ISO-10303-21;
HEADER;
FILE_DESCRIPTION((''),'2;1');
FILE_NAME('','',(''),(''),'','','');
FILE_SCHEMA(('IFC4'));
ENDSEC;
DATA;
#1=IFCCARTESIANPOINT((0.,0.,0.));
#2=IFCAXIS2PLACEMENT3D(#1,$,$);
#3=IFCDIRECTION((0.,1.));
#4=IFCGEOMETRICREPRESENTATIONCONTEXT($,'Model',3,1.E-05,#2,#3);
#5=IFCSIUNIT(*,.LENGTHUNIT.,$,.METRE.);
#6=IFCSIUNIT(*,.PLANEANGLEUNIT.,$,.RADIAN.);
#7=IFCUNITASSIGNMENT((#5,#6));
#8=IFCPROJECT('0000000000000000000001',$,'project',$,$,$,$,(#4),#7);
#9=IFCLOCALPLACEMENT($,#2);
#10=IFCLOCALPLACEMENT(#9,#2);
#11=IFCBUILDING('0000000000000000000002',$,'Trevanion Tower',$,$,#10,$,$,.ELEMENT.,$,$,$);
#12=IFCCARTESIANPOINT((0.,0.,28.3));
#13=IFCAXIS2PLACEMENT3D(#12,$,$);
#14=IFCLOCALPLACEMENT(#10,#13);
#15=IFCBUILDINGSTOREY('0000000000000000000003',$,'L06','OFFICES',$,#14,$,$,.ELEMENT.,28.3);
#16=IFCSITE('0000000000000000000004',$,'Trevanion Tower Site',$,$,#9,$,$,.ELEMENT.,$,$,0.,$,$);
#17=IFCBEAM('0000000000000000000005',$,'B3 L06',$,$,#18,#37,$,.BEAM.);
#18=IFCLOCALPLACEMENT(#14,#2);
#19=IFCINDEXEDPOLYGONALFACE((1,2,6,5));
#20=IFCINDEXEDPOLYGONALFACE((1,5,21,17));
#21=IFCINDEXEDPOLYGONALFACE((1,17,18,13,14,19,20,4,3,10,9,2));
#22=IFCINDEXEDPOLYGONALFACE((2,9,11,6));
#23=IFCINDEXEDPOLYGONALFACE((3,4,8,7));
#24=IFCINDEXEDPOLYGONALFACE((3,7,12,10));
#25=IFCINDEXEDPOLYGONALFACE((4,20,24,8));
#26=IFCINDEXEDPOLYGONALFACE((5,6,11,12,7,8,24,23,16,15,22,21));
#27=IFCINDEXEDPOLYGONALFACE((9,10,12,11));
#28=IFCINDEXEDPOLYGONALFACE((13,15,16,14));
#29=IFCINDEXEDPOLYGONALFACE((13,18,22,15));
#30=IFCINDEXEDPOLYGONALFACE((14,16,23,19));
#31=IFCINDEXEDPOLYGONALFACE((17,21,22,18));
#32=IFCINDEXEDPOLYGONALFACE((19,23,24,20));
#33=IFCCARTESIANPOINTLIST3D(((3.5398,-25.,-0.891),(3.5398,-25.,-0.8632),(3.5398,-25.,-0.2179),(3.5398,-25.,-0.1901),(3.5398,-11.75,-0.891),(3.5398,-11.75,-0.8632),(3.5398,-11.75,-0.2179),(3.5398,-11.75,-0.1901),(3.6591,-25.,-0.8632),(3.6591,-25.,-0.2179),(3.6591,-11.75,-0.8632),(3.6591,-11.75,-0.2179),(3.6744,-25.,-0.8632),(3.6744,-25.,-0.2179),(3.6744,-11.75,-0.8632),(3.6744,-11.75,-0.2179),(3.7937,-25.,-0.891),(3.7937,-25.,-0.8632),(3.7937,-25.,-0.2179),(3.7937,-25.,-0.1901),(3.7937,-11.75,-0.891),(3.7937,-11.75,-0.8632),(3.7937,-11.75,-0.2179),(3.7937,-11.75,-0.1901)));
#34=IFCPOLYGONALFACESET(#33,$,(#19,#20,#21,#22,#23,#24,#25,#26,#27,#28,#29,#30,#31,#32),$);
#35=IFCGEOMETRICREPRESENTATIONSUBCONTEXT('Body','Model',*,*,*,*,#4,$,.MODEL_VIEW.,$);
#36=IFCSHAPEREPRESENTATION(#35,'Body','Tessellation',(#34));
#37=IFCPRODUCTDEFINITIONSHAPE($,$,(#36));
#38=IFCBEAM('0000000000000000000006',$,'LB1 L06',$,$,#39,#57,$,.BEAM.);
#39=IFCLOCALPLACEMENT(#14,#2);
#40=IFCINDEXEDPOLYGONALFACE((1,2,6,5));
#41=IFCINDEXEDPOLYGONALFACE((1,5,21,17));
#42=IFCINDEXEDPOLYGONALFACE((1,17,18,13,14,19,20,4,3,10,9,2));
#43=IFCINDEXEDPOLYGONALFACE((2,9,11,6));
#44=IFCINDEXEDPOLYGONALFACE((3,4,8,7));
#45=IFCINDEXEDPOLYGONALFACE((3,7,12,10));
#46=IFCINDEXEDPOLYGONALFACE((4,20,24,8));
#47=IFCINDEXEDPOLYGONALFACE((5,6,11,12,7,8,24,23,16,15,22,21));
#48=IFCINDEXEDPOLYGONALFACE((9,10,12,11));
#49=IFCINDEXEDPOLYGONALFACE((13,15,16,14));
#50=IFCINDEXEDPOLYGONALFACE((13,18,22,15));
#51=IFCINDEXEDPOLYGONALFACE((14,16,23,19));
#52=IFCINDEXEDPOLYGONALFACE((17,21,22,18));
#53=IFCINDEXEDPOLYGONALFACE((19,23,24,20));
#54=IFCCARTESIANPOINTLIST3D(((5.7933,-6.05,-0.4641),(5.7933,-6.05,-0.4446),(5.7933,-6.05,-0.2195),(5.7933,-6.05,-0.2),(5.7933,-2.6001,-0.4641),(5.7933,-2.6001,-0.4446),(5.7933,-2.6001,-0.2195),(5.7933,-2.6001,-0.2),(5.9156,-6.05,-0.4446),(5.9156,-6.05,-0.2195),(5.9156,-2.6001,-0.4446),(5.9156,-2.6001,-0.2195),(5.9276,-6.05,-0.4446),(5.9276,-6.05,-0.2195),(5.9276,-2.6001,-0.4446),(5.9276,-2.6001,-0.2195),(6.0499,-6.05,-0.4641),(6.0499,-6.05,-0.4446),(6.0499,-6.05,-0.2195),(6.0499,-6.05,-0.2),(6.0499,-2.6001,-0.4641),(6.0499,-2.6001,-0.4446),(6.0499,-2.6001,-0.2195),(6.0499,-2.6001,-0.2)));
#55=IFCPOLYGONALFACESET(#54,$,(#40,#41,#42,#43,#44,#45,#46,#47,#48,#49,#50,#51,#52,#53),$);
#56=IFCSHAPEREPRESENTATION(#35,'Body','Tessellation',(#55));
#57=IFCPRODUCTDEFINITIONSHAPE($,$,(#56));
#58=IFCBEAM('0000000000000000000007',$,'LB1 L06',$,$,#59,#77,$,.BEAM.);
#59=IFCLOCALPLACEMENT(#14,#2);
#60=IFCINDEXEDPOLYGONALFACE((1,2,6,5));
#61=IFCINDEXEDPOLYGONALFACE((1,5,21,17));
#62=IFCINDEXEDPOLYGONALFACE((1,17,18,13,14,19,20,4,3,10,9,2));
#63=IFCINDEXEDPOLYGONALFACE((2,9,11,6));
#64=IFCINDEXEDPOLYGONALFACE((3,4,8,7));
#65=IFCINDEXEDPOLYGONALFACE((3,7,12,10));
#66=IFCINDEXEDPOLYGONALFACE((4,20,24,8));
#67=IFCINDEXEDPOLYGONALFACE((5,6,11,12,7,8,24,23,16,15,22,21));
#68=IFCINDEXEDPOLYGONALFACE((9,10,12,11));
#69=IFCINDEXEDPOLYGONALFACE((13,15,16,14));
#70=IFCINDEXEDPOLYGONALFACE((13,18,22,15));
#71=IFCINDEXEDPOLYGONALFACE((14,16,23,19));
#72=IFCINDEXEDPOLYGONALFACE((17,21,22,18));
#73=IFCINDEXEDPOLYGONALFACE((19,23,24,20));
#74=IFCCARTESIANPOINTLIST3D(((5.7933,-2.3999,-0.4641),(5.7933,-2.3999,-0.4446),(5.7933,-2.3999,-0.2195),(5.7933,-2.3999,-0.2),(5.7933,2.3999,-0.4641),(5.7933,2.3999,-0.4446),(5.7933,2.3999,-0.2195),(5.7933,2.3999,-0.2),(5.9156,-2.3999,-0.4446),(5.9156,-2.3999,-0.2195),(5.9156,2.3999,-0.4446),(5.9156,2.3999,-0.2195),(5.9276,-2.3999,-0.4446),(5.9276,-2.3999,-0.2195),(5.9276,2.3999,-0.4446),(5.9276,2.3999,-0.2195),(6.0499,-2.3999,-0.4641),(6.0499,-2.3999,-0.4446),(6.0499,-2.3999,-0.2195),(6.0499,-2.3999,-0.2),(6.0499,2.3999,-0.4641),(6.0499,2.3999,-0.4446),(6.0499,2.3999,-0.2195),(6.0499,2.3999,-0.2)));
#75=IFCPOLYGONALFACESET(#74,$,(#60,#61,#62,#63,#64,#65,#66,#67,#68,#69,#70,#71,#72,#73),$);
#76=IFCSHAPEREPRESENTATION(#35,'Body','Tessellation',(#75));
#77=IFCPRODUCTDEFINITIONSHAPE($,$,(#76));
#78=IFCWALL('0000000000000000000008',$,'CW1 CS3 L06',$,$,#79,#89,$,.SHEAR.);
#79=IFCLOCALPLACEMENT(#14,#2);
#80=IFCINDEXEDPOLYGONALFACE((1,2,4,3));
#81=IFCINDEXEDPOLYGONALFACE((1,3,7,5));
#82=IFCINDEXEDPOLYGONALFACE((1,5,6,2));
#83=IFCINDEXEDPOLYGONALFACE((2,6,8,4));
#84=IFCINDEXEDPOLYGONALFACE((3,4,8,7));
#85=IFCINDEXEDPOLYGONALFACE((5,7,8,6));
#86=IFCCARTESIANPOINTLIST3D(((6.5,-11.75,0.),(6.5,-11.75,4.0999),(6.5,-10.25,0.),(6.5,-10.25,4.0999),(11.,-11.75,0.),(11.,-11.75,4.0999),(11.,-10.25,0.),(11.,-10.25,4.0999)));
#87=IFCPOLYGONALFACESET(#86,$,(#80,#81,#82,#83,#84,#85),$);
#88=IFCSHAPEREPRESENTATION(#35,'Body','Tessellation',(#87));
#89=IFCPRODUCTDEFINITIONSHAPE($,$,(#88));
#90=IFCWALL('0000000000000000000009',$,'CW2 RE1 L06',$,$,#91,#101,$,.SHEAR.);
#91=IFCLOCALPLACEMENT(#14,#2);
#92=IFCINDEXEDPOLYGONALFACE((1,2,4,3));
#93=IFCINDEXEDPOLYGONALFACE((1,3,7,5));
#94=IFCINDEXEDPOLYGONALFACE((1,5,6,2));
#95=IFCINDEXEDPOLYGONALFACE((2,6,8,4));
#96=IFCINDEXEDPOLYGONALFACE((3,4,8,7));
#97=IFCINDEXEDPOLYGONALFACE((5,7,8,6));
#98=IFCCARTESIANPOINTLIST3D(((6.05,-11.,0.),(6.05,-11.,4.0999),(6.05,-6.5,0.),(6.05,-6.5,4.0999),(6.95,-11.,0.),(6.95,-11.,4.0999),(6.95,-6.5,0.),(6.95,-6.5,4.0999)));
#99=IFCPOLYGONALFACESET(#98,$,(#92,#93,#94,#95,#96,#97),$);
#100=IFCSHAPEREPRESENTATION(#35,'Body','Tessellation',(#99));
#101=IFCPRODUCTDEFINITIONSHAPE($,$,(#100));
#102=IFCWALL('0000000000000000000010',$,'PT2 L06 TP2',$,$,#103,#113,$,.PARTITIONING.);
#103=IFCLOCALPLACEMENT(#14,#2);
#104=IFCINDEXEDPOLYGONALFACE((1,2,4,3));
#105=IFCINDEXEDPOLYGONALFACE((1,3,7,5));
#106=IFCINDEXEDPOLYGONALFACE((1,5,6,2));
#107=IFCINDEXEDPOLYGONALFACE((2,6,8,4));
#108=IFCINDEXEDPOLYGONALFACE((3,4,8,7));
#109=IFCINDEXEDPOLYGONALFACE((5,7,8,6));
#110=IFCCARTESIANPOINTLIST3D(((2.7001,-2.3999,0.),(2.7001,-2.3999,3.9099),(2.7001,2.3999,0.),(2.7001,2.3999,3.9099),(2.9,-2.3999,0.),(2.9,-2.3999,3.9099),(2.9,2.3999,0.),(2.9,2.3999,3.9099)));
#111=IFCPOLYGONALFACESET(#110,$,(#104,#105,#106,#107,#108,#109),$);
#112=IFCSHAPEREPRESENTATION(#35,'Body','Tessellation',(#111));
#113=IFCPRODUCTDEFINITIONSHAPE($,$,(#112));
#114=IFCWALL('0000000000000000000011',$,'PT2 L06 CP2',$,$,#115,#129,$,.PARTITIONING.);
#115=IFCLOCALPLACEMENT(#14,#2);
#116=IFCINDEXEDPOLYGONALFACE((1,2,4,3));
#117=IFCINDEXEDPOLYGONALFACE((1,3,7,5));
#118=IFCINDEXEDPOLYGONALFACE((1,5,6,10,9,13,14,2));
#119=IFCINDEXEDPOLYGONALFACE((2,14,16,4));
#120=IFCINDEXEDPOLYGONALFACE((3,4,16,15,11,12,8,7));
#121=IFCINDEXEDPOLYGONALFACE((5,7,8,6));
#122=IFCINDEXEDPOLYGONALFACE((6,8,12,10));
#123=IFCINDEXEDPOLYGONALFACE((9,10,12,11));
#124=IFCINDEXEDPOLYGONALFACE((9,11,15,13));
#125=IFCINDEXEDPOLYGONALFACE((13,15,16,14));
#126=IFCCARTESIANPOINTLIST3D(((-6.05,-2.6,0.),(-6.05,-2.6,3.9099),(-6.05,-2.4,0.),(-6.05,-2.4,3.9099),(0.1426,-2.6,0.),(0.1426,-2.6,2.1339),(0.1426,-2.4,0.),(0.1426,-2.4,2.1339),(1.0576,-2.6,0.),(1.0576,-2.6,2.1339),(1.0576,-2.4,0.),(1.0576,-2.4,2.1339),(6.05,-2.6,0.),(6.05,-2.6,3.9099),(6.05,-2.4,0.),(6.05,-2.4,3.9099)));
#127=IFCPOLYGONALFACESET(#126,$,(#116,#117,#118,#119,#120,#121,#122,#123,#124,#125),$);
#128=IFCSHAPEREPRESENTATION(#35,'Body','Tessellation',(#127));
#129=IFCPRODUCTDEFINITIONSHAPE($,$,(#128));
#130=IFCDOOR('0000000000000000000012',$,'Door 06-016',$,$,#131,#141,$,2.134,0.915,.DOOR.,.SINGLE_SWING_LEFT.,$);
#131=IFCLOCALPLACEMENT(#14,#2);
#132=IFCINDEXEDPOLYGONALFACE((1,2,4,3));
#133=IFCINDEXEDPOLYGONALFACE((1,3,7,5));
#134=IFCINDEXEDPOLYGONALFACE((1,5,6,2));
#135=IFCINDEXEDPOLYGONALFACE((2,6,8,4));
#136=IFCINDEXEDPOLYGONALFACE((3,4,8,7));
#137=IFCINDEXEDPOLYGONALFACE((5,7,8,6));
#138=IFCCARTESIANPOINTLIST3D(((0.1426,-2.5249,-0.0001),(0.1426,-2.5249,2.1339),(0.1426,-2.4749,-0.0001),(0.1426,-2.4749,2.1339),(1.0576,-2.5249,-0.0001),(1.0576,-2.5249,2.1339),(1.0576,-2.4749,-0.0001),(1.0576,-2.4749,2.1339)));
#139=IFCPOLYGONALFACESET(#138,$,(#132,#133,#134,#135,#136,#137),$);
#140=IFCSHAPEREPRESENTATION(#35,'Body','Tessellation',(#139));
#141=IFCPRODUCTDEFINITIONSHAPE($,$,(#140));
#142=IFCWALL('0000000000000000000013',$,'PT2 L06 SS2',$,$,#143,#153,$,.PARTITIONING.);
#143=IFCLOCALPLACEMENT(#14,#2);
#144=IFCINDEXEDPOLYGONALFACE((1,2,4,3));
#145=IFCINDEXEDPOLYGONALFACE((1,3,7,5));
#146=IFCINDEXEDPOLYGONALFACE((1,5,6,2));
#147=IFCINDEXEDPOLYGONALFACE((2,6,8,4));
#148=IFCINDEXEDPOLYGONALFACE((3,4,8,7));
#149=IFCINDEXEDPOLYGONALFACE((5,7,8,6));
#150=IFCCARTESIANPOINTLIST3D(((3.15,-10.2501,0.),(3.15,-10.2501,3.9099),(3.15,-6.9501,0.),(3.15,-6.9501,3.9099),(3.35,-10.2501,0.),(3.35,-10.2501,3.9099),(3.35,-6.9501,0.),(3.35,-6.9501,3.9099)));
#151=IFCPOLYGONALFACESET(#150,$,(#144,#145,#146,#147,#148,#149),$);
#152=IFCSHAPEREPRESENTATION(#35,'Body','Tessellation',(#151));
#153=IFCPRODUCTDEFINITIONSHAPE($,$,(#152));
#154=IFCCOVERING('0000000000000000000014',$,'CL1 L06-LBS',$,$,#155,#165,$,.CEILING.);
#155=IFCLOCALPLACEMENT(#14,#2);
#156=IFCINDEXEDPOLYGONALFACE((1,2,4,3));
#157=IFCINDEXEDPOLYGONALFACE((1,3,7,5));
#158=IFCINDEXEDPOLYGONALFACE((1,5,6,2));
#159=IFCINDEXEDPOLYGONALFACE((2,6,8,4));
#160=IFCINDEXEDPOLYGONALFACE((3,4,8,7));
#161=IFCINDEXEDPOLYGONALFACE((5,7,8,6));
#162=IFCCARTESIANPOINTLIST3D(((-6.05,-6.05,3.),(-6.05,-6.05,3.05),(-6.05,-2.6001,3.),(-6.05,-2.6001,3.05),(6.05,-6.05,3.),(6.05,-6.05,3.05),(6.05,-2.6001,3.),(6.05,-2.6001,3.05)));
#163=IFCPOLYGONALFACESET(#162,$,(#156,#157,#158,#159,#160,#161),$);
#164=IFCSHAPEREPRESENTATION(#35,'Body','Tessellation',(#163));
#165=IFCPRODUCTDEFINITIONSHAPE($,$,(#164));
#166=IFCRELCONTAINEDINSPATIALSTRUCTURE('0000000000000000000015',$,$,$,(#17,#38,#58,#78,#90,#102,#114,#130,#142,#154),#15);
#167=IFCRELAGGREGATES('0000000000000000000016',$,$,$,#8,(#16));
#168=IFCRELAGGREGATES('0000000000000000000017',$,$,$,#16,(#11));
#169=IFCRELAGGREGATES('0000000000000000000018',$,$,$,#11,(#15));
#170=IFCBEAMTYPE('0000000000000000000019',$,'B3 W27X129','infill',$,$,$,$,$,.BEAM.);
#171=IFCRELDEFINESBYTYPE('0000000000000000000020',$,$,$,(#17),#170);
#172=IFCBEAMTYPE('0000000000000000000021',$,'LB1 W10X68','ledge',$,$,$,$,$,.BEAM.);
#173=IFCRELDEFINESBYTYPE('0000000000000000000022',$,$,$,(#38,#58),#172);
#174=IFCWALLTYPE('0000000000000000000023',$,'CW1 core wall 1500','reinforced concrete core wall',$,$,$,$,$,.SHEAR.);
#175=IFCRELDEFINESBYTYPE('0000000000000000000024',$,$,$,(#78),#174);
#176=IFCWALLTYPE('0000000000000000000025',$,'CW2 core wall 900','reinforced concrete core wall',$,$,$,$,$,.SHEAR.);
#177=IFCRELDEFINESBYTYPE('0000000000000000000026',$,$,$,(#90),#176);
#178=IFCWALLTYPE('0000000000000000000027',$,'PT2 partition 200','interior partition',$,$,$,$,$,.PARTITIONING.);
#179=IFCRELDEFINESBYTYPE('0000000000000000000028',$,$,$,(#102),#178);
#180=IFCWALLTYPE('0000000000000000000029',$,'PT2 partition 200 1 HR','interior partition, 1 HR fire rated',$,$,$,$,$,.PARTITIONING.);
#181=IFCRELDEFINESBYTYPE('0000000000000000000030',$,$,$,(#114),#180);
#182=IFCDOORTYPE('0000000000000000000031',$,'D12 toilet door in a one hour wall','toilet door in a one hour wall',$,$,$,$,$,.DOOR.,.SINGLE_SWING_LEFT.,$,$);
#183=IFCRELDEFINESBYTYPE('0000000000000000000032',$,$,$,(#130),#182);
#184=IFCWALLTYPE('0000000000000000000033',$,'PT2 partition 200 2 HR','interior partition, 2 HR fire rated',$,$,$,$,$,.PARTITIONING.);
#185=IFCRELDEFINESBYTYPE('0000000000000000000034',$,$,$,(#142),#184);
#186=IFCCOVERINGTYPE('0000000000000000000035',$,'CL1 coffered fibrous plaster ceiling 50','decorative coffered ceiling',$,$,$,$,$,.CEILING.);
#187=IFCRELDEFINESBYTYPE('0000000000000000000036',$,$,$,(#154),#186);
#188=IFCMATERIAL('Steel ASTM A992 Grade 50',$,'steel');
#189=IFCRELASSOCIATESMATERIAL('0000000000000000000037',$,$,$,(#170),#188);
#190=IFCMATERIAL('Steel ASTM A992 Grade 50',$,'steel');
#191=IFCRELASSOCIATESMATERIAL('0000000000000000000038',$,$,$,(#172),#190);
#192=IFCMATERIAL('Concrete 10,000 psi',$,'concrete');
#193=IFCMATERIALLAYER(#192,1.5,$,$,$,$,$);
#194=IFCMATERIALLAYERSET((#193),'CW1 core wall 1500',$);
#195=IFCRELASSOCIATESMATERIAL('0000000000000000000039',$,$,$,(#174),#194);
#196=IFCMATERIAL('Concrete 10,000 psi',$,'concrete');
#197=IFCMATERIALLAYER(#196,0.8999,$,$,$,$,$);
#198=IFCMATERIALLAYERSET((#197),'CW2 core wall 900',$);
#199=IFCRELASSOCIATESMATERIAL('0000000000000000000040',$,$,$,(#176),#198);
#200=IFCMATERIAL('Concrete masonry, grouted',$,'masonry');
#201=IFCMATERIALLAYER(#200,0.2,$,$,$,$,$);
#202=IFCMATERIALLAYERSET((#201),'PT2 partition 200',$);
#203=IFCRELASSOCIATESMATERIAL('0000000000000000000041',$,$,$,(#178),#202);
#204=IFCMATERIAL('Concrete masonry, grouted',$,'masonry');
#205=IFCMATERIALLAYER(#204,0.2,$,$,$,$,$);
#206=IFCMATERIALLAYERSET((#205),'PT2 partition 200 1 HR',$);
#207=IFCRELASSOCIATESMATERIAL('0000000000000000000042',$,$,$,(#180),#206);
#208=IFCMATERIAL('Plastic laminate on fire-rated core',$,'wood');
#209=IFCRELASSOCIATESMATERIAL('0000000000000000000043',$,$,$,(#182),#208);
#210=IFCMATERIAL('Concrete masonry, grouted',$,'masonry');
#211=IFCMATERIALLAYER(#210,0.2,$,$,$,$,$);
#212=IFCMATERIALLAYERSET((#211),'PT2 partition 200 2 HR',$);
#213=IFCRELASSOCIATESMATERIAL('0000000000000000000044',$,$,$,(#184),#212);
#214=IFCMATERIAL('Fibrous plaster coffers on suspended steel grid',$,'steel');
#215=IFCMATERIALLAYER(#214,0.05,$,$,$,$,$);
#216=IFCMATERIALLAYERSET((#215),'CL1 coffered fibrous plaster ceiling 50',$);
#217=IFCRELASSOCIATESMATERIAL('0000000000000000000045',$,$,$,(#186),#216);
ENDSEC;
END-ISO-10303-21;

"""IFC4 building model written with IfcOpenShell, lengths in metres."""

from ifc_helpers import new_model, si_unit, direction, frame, frame_2d, origin, origin_2d, place, context, subcontext, project, spatial, polyline, rectangle, i_section, outline, extrude, material, layer, layer_set, material_profile, profile_set, type_object, element, fill, save


model = new_model("IFC4")

# Units and contexts
model_context = context("Model", 3, precision=1e-05, world=origin(), true_north=direction((0.0, 1.0)))
body_context = subcontext(model_context, "Body", "Model", "MODEL_VIEW")
ifc_project = project(units=[si_unit("LENGTHUNIT", "METRE"), si_unit("PLANEANGLEUNIT", "RADIAN")], contexts=[model_context])

# Site, building, storey
site_placement = place(None, origin())
site = spatial("IfcSite", under=ifc_project, at=site_placement, Name="Trevanion Tower Site", CompositionType="ELEMENT", RefElevation=0.0)
building_placement = place(site_placement, origin())
building = spatial("IfcBuilding", under=site, at=building_placement, Name="Trevanion Tower", CompositionType="ELEMENT")
storey_placement = place(building_placement, frame((0.0, 0.0, 28.3)))
storey = spatial("IfcBuildingStorey", under=building, at=storey_placement, Name="L06", Description="OFFICES", CompositionType="ELEMENT", Elevation=28.3)

# Beams
ifc_material_1 = material(Name="Steel ASTM A992 Grade 50", Category="steel")
ifc_material_profile_1 = material_profile(ifc_material_1, i_section(OverallWidth=0.2539, OverallDepth=0.7009, WebThickness=0.0154, FlangeThickness=0.0278, at=origin_2d()), Name="W27X129")
ifc_profile_set_1 = profile_set([ifc_material_profile_1], Name="Steel ASTM A992 Grade 50")
beam_type_1 = type_object("IfcBeamType", Name="B3 W27X129", Description="infill", PredefinedType="BEAM", material=ifc_profile_set_1)
beam_1_placement = place(storey_placement, frame((3.6667, -11.75, -0.5405), z_axis=(0.0, -1.0, 0.0), x_axis=(1.0, 0.0, 0.0)))
element("IfcBeam", 1, at=beam_1_placement, inside=storey, type_object=beam_type_1, Name="B3 L06", PredefinedType="BEAM", context=body_context, shape_type="SweptSolid", body=[
    extrude(i_section(OverallWidth=0.2539, OverallDepth=0.7009, WebThickness=0.0154, FlangeThickness=0.0278, at=origin_2d()), origin(), (0.0, 0.0, 1.0), 13.25),
])
ifc_material_2 = material(Name="Steel ASTM A992 Grade 50", Category="steel")
ifc_material_profile_2 = material_profile(ifc_material_2, i_section(OverallWidth=0.2566, OverallDepth=0.2642, WebThickness=0.012, FlangeThickness=0.0195, at=origin_2d()), Name="W10X68")
ifc_profile_set_2 = profile_set([ifc_material_profile_2], Name="Steel ASTM A992 Grade 50")
beam_type_2 = type_object("IfcBeamType", Name="LB1 W10X68", Description="ledge", PredefinedType="BEAM", material=ifc_profile_set_2)
beam_2_placement = place(storey_placement, frame((5.9216, -6.05, -0.332), z_axis=(0.0, 1.0, 0.0), x_axis=(-1.0, 0.0, 0.0)))
element("IfcBeam", 2, at=beam_2_placement, inside=storey, type_object=beam_type_2, Name="LB1 L06", PredefinedType="BEAM", context=body_context, shape_type="SweptSolid", body=[
    extrude(i_section(OverallWidth=0.2566, OverallDepth=0.2642, WebThickness=0.012, FlangeThickness=0.0195, at=origin_2d()), origin(), (0.0, 0.0, 1.0), 3.45),
])
beam_3_placement = place(storey_placement, frame((5.9216, -2.3999, -0.332), z_axis=(0.0, 1.0, 0.0), x_axis=(-1.0, 0.0, 0.0)))
element("IfcBeam", 3, at=beam_3_placement, inside=storey, type_object=beam_type_2, Name="LB1 L06", PredefinedType="BEAM", context=body_context, shape_type="SweptSolid", body=[
    extrude(i_section(OverallWidth=0.2566, OverallDepth=0.2642, WebThickness=0.012, FlangeThickness=0.0195, at=origin_2d()), origin(), (0.0, 0.0, 1.0), 4.7998),
])

# Walls
ifc_material_3 = material(Name="Concrete 10,000 psi", Category="concrete")
ifc_layer_1 = layer(ifc_material_3, 1.5)
ifc_layer_set_1 = layer_set([ifc_layer_1], Name="CW1 core wall 1500")
wall_type_1 = type_object("IfcWallType", Name="CW1 core wall 1500", Description="reinforced concrete core wall", PredefinedType="SHEAR", material=ifc_layer_set_1)
wall_1_placement = place(storey_placement, frame((6.5, -11.0, 0.0), z_axis=(0.0, 0.0, 1.0), x_axis=(1.0, 0.0, 0.0)))
element("IfcWall", 4, at=wall_1_placement, inside=storey, type_object=wall_type_1, Name="CW1 CS3 L06", PredefinedType="SHEAR", context=body_context, shape_type="SweptSolid", body=[
    extrude(rectangle(XDim=4.5, YDim=1.5, at=frame_2d((2.25, 0.0))), origin(), (0.0, 0.0, 1.0), 4.0999),
])
ifc_material_4 = material(Name="Concrete 10,000 psi", Category="concrete")
ifc_layer_2 = layer(ifc_material_4, 0.8999)
ifc_layer_set_2 = layer_set([ifc_layer_2], Name="CW2 core wall 900")
wall_type_2 = type_object("IfcWallType", Name="CW2 core wall 900", Description="reinforced concrete core wall", PredefinedType="SHEAR", material=ifc_layer_set_2)
wall_2_placement = place(storey_placement, frame((6.5, -11.0, 0.0), z_axis=(0.0, 0.0, 1.0), x_axis=(0.0, 1.0, 0.0)))
element("IfcWall", 5, at=wall_2_placement, inside=storey, type_object=wall_type_2, Name="CW2 RE1 L06", PredefinedType="SHEAR", context=body_context, shape_type="SweptSolid", body=[
    extrude(rectangle(XDim=4.5, YDim=0.8999, at=frame_2d((2.25, 0.0))), origin(), (0.0, 0.0, 1.0), 4.0999),
])
ifc_material_5 = material(Name="Concrete masonry, grouted", Category="masonry")
ifc_layer_3 = layer(ifc_material_5, 0.2)
ifc_layer_set_3 = layer_set([ifc_layer_3], Name="PT2 partition 200")
wall_type_3 = type_object("IfcWallType", Name="PT2 partition 200", Description="interior partition", PredefinedType="PARTITIONING", material=ifc_layer_set_3)
wall_3_placement = place(storey_placement, frame((2.8, -2.3999, 0.0), z_axis=(0.0, 0.0, 1.0), x_axis=(0.0, 1.0, 0.0)))
element("IfcWall", 6, at=wall_3_placement, inside=storey, type_object=wall_type_3, Name="PT2 L06 TP2", PredefinedType="PARTITIONING", context=body_context, shape_type="SweptSolid", body=[
    extrude(rectangle(XDim=4.7998, YDim=0.2, at=frame_2d((2.3999, 0.0))), origin(), (0.0, 0.0, 1.0), 3.9099),
])

# Wall, opening, door
ifc_material_6 = material(Name="Concrete masonry, grouted", Category="masonry")
ifc_layer_4 = layer(ifc_material_6, 0.2)
ifc_layer_set_4 = layer_set([ifc_layer_4], Name="PT2 partition 200 1 HR")
wall_type_4 = type_object("IfcWallType", Name="PT2 partition 200 1 HR", Description="interior partition, 1 HR fire rated", PredefinedType="PARTITIONING", material=ifc_layer_set_4)
wall_4_placement = place(storey_placement, frame((6.05, -2.5, 0.0), z_axis=(0.0, 0.0, 1.0), x_axis=(-1.0, 0.0, 0.0)))
wall_4 = element("IfcWall", 7, at=wall_4_placement, inside=storey, type_object=wall_type_4, Name="PT2 L06 CP2", PredefinedType="PARTITIONING", context=body_context, shape_type="SweptSolid", body=[
    extrude(rectangle(XDim=12.1001, YDim=0.2, at=frame_2d((6.05, 0.0))), origin(), (0.0, 0.0, 1.0), 3.9099),
])
opening_placement = place(wall_4_placement, frame((4.9924, 0.0, 0.0)))
opening = element("IfcOpeningElement", 8, at=opening_placement, cuts=wall_4, PredefinedType="OPENING", context=body_context, shape_type="SweptSolid", body=[
    extrude(rectangle(XDim=0.915, YDim=2.134, at=frame_2d((0.4575, 1.0669))), frame((0.0, 0.1099, 0.0), z_axis=(0.0, -1.0, 0.0), x_axis=(1.0, 0.0, 0.0)), (0.0, 0.0, 1.0), 0.22),
])
ifc_material_7 = material(Name="Plastic laminate on fire-rated core", Category="wood")
door_type = type_object("IfcDoorType", Name="D12 toilet door in a one hour wall", Description="toilet door in a one hour wall", OperationType="SINGLE_SWING_LEFT", PredefinedType="DOOR", material=ifc_material_7)
door_placement = place(opening_placement, origin())
door = element("IfcDoor", 9, at=door_placement, inside=storey, type_object=door_type, Name="Door 06-016", OperationType="SINGLE_SWING_LEFT", OverallHeight=2.134, OverallWidth=0.915, PredefinedType="DOOR", context=body_context, shape_type="SweptSolid", body=[
    extrude(rectangle(XDim=0.915, YDim=2.134, at=frame_2d((0.4575, 1.0669))), frame((0.0, 0.0249, 0.0), z_axis=(0.0, -1.0, 0.0), x_axis=(1.0, 0.0, 0.0)), (0.0, 0.0, 1.0), 0.05),
])
fill(opening, door)

# Wall
ifc_material_8 = material(Name="Concrete masonry, grouted", Category="masonry")
ifc_layer_5 = layer(ifc_material_8, 0.2)
ifc_layer_set_5 = layer_set([ifc_layer_5], Name="PT2 partition 200 2 HR")
wall_type_5 = type_object("IfcWallType", Name="PT2 partition 200 2 HR", Description="interior partition, 2 HR fire rated", PredefinedType="PARTITIONING", material=ifc_layer_set_5)
wall_5_placement = place(storey_placement, frame((3.25, -10.25, 0.0), z_axis=(0.0, 0.0, 1.0), x_axis=(0.0, 1.0, 0.0)))
element("IfcWall", 10, at=wall_5_placement, inside=storey, type_object=wall_type_5, Name="PT2 L06 SS2", PredefinedType="PARTITIONING", context=body_context, shape_type="SweptSolid", body=[
    extrude(rectangle(XDim=3.3, YDim=0.2, at=frame_2d((1.6499, 0.0))), origin(), (0.0, 0.0, 1.0), 3.9099),
])

# Covering
ifc_material_9 = material(Name="Fibrous plaster coffers on suspended steel grid", Category="steel")
ifc_layer_6 = layer(ifc_material_9, 0.05)
ifc_layer_set_6 = layer_set([ifc_layer_6], Name="CL1 coffered fibrous plaster ceiling 50")
covering_type_1 = type_object("IfcCoveringType", Name="CL1 coffered fibrous plaster ceiling 50", Description="decorative coffered ceiling", PredefinedType="CEILING", material=ifc_layer_set_6)
covering_1_placement = place(storey_placement, frame((0.0, 0.0, 3.0)))
element("IfcCovering", 11, at=covering_1_placement, inside=storey, type_object=covering_type_1, Name="CL1 L06-LBS", PredefinedType="CEILING", context=body_context, shape_type="SweptSolid", body=[
    extrude(outline(polyline([(6.05, -6.05), (6.05, -2.6001), (-6.05, -2.6001), (-6.05, -6.05), (6.05, -6.05)])), origin(), (0.0, 0.0, 1.0), 0.05),
])

save(model, "model.ifc")
